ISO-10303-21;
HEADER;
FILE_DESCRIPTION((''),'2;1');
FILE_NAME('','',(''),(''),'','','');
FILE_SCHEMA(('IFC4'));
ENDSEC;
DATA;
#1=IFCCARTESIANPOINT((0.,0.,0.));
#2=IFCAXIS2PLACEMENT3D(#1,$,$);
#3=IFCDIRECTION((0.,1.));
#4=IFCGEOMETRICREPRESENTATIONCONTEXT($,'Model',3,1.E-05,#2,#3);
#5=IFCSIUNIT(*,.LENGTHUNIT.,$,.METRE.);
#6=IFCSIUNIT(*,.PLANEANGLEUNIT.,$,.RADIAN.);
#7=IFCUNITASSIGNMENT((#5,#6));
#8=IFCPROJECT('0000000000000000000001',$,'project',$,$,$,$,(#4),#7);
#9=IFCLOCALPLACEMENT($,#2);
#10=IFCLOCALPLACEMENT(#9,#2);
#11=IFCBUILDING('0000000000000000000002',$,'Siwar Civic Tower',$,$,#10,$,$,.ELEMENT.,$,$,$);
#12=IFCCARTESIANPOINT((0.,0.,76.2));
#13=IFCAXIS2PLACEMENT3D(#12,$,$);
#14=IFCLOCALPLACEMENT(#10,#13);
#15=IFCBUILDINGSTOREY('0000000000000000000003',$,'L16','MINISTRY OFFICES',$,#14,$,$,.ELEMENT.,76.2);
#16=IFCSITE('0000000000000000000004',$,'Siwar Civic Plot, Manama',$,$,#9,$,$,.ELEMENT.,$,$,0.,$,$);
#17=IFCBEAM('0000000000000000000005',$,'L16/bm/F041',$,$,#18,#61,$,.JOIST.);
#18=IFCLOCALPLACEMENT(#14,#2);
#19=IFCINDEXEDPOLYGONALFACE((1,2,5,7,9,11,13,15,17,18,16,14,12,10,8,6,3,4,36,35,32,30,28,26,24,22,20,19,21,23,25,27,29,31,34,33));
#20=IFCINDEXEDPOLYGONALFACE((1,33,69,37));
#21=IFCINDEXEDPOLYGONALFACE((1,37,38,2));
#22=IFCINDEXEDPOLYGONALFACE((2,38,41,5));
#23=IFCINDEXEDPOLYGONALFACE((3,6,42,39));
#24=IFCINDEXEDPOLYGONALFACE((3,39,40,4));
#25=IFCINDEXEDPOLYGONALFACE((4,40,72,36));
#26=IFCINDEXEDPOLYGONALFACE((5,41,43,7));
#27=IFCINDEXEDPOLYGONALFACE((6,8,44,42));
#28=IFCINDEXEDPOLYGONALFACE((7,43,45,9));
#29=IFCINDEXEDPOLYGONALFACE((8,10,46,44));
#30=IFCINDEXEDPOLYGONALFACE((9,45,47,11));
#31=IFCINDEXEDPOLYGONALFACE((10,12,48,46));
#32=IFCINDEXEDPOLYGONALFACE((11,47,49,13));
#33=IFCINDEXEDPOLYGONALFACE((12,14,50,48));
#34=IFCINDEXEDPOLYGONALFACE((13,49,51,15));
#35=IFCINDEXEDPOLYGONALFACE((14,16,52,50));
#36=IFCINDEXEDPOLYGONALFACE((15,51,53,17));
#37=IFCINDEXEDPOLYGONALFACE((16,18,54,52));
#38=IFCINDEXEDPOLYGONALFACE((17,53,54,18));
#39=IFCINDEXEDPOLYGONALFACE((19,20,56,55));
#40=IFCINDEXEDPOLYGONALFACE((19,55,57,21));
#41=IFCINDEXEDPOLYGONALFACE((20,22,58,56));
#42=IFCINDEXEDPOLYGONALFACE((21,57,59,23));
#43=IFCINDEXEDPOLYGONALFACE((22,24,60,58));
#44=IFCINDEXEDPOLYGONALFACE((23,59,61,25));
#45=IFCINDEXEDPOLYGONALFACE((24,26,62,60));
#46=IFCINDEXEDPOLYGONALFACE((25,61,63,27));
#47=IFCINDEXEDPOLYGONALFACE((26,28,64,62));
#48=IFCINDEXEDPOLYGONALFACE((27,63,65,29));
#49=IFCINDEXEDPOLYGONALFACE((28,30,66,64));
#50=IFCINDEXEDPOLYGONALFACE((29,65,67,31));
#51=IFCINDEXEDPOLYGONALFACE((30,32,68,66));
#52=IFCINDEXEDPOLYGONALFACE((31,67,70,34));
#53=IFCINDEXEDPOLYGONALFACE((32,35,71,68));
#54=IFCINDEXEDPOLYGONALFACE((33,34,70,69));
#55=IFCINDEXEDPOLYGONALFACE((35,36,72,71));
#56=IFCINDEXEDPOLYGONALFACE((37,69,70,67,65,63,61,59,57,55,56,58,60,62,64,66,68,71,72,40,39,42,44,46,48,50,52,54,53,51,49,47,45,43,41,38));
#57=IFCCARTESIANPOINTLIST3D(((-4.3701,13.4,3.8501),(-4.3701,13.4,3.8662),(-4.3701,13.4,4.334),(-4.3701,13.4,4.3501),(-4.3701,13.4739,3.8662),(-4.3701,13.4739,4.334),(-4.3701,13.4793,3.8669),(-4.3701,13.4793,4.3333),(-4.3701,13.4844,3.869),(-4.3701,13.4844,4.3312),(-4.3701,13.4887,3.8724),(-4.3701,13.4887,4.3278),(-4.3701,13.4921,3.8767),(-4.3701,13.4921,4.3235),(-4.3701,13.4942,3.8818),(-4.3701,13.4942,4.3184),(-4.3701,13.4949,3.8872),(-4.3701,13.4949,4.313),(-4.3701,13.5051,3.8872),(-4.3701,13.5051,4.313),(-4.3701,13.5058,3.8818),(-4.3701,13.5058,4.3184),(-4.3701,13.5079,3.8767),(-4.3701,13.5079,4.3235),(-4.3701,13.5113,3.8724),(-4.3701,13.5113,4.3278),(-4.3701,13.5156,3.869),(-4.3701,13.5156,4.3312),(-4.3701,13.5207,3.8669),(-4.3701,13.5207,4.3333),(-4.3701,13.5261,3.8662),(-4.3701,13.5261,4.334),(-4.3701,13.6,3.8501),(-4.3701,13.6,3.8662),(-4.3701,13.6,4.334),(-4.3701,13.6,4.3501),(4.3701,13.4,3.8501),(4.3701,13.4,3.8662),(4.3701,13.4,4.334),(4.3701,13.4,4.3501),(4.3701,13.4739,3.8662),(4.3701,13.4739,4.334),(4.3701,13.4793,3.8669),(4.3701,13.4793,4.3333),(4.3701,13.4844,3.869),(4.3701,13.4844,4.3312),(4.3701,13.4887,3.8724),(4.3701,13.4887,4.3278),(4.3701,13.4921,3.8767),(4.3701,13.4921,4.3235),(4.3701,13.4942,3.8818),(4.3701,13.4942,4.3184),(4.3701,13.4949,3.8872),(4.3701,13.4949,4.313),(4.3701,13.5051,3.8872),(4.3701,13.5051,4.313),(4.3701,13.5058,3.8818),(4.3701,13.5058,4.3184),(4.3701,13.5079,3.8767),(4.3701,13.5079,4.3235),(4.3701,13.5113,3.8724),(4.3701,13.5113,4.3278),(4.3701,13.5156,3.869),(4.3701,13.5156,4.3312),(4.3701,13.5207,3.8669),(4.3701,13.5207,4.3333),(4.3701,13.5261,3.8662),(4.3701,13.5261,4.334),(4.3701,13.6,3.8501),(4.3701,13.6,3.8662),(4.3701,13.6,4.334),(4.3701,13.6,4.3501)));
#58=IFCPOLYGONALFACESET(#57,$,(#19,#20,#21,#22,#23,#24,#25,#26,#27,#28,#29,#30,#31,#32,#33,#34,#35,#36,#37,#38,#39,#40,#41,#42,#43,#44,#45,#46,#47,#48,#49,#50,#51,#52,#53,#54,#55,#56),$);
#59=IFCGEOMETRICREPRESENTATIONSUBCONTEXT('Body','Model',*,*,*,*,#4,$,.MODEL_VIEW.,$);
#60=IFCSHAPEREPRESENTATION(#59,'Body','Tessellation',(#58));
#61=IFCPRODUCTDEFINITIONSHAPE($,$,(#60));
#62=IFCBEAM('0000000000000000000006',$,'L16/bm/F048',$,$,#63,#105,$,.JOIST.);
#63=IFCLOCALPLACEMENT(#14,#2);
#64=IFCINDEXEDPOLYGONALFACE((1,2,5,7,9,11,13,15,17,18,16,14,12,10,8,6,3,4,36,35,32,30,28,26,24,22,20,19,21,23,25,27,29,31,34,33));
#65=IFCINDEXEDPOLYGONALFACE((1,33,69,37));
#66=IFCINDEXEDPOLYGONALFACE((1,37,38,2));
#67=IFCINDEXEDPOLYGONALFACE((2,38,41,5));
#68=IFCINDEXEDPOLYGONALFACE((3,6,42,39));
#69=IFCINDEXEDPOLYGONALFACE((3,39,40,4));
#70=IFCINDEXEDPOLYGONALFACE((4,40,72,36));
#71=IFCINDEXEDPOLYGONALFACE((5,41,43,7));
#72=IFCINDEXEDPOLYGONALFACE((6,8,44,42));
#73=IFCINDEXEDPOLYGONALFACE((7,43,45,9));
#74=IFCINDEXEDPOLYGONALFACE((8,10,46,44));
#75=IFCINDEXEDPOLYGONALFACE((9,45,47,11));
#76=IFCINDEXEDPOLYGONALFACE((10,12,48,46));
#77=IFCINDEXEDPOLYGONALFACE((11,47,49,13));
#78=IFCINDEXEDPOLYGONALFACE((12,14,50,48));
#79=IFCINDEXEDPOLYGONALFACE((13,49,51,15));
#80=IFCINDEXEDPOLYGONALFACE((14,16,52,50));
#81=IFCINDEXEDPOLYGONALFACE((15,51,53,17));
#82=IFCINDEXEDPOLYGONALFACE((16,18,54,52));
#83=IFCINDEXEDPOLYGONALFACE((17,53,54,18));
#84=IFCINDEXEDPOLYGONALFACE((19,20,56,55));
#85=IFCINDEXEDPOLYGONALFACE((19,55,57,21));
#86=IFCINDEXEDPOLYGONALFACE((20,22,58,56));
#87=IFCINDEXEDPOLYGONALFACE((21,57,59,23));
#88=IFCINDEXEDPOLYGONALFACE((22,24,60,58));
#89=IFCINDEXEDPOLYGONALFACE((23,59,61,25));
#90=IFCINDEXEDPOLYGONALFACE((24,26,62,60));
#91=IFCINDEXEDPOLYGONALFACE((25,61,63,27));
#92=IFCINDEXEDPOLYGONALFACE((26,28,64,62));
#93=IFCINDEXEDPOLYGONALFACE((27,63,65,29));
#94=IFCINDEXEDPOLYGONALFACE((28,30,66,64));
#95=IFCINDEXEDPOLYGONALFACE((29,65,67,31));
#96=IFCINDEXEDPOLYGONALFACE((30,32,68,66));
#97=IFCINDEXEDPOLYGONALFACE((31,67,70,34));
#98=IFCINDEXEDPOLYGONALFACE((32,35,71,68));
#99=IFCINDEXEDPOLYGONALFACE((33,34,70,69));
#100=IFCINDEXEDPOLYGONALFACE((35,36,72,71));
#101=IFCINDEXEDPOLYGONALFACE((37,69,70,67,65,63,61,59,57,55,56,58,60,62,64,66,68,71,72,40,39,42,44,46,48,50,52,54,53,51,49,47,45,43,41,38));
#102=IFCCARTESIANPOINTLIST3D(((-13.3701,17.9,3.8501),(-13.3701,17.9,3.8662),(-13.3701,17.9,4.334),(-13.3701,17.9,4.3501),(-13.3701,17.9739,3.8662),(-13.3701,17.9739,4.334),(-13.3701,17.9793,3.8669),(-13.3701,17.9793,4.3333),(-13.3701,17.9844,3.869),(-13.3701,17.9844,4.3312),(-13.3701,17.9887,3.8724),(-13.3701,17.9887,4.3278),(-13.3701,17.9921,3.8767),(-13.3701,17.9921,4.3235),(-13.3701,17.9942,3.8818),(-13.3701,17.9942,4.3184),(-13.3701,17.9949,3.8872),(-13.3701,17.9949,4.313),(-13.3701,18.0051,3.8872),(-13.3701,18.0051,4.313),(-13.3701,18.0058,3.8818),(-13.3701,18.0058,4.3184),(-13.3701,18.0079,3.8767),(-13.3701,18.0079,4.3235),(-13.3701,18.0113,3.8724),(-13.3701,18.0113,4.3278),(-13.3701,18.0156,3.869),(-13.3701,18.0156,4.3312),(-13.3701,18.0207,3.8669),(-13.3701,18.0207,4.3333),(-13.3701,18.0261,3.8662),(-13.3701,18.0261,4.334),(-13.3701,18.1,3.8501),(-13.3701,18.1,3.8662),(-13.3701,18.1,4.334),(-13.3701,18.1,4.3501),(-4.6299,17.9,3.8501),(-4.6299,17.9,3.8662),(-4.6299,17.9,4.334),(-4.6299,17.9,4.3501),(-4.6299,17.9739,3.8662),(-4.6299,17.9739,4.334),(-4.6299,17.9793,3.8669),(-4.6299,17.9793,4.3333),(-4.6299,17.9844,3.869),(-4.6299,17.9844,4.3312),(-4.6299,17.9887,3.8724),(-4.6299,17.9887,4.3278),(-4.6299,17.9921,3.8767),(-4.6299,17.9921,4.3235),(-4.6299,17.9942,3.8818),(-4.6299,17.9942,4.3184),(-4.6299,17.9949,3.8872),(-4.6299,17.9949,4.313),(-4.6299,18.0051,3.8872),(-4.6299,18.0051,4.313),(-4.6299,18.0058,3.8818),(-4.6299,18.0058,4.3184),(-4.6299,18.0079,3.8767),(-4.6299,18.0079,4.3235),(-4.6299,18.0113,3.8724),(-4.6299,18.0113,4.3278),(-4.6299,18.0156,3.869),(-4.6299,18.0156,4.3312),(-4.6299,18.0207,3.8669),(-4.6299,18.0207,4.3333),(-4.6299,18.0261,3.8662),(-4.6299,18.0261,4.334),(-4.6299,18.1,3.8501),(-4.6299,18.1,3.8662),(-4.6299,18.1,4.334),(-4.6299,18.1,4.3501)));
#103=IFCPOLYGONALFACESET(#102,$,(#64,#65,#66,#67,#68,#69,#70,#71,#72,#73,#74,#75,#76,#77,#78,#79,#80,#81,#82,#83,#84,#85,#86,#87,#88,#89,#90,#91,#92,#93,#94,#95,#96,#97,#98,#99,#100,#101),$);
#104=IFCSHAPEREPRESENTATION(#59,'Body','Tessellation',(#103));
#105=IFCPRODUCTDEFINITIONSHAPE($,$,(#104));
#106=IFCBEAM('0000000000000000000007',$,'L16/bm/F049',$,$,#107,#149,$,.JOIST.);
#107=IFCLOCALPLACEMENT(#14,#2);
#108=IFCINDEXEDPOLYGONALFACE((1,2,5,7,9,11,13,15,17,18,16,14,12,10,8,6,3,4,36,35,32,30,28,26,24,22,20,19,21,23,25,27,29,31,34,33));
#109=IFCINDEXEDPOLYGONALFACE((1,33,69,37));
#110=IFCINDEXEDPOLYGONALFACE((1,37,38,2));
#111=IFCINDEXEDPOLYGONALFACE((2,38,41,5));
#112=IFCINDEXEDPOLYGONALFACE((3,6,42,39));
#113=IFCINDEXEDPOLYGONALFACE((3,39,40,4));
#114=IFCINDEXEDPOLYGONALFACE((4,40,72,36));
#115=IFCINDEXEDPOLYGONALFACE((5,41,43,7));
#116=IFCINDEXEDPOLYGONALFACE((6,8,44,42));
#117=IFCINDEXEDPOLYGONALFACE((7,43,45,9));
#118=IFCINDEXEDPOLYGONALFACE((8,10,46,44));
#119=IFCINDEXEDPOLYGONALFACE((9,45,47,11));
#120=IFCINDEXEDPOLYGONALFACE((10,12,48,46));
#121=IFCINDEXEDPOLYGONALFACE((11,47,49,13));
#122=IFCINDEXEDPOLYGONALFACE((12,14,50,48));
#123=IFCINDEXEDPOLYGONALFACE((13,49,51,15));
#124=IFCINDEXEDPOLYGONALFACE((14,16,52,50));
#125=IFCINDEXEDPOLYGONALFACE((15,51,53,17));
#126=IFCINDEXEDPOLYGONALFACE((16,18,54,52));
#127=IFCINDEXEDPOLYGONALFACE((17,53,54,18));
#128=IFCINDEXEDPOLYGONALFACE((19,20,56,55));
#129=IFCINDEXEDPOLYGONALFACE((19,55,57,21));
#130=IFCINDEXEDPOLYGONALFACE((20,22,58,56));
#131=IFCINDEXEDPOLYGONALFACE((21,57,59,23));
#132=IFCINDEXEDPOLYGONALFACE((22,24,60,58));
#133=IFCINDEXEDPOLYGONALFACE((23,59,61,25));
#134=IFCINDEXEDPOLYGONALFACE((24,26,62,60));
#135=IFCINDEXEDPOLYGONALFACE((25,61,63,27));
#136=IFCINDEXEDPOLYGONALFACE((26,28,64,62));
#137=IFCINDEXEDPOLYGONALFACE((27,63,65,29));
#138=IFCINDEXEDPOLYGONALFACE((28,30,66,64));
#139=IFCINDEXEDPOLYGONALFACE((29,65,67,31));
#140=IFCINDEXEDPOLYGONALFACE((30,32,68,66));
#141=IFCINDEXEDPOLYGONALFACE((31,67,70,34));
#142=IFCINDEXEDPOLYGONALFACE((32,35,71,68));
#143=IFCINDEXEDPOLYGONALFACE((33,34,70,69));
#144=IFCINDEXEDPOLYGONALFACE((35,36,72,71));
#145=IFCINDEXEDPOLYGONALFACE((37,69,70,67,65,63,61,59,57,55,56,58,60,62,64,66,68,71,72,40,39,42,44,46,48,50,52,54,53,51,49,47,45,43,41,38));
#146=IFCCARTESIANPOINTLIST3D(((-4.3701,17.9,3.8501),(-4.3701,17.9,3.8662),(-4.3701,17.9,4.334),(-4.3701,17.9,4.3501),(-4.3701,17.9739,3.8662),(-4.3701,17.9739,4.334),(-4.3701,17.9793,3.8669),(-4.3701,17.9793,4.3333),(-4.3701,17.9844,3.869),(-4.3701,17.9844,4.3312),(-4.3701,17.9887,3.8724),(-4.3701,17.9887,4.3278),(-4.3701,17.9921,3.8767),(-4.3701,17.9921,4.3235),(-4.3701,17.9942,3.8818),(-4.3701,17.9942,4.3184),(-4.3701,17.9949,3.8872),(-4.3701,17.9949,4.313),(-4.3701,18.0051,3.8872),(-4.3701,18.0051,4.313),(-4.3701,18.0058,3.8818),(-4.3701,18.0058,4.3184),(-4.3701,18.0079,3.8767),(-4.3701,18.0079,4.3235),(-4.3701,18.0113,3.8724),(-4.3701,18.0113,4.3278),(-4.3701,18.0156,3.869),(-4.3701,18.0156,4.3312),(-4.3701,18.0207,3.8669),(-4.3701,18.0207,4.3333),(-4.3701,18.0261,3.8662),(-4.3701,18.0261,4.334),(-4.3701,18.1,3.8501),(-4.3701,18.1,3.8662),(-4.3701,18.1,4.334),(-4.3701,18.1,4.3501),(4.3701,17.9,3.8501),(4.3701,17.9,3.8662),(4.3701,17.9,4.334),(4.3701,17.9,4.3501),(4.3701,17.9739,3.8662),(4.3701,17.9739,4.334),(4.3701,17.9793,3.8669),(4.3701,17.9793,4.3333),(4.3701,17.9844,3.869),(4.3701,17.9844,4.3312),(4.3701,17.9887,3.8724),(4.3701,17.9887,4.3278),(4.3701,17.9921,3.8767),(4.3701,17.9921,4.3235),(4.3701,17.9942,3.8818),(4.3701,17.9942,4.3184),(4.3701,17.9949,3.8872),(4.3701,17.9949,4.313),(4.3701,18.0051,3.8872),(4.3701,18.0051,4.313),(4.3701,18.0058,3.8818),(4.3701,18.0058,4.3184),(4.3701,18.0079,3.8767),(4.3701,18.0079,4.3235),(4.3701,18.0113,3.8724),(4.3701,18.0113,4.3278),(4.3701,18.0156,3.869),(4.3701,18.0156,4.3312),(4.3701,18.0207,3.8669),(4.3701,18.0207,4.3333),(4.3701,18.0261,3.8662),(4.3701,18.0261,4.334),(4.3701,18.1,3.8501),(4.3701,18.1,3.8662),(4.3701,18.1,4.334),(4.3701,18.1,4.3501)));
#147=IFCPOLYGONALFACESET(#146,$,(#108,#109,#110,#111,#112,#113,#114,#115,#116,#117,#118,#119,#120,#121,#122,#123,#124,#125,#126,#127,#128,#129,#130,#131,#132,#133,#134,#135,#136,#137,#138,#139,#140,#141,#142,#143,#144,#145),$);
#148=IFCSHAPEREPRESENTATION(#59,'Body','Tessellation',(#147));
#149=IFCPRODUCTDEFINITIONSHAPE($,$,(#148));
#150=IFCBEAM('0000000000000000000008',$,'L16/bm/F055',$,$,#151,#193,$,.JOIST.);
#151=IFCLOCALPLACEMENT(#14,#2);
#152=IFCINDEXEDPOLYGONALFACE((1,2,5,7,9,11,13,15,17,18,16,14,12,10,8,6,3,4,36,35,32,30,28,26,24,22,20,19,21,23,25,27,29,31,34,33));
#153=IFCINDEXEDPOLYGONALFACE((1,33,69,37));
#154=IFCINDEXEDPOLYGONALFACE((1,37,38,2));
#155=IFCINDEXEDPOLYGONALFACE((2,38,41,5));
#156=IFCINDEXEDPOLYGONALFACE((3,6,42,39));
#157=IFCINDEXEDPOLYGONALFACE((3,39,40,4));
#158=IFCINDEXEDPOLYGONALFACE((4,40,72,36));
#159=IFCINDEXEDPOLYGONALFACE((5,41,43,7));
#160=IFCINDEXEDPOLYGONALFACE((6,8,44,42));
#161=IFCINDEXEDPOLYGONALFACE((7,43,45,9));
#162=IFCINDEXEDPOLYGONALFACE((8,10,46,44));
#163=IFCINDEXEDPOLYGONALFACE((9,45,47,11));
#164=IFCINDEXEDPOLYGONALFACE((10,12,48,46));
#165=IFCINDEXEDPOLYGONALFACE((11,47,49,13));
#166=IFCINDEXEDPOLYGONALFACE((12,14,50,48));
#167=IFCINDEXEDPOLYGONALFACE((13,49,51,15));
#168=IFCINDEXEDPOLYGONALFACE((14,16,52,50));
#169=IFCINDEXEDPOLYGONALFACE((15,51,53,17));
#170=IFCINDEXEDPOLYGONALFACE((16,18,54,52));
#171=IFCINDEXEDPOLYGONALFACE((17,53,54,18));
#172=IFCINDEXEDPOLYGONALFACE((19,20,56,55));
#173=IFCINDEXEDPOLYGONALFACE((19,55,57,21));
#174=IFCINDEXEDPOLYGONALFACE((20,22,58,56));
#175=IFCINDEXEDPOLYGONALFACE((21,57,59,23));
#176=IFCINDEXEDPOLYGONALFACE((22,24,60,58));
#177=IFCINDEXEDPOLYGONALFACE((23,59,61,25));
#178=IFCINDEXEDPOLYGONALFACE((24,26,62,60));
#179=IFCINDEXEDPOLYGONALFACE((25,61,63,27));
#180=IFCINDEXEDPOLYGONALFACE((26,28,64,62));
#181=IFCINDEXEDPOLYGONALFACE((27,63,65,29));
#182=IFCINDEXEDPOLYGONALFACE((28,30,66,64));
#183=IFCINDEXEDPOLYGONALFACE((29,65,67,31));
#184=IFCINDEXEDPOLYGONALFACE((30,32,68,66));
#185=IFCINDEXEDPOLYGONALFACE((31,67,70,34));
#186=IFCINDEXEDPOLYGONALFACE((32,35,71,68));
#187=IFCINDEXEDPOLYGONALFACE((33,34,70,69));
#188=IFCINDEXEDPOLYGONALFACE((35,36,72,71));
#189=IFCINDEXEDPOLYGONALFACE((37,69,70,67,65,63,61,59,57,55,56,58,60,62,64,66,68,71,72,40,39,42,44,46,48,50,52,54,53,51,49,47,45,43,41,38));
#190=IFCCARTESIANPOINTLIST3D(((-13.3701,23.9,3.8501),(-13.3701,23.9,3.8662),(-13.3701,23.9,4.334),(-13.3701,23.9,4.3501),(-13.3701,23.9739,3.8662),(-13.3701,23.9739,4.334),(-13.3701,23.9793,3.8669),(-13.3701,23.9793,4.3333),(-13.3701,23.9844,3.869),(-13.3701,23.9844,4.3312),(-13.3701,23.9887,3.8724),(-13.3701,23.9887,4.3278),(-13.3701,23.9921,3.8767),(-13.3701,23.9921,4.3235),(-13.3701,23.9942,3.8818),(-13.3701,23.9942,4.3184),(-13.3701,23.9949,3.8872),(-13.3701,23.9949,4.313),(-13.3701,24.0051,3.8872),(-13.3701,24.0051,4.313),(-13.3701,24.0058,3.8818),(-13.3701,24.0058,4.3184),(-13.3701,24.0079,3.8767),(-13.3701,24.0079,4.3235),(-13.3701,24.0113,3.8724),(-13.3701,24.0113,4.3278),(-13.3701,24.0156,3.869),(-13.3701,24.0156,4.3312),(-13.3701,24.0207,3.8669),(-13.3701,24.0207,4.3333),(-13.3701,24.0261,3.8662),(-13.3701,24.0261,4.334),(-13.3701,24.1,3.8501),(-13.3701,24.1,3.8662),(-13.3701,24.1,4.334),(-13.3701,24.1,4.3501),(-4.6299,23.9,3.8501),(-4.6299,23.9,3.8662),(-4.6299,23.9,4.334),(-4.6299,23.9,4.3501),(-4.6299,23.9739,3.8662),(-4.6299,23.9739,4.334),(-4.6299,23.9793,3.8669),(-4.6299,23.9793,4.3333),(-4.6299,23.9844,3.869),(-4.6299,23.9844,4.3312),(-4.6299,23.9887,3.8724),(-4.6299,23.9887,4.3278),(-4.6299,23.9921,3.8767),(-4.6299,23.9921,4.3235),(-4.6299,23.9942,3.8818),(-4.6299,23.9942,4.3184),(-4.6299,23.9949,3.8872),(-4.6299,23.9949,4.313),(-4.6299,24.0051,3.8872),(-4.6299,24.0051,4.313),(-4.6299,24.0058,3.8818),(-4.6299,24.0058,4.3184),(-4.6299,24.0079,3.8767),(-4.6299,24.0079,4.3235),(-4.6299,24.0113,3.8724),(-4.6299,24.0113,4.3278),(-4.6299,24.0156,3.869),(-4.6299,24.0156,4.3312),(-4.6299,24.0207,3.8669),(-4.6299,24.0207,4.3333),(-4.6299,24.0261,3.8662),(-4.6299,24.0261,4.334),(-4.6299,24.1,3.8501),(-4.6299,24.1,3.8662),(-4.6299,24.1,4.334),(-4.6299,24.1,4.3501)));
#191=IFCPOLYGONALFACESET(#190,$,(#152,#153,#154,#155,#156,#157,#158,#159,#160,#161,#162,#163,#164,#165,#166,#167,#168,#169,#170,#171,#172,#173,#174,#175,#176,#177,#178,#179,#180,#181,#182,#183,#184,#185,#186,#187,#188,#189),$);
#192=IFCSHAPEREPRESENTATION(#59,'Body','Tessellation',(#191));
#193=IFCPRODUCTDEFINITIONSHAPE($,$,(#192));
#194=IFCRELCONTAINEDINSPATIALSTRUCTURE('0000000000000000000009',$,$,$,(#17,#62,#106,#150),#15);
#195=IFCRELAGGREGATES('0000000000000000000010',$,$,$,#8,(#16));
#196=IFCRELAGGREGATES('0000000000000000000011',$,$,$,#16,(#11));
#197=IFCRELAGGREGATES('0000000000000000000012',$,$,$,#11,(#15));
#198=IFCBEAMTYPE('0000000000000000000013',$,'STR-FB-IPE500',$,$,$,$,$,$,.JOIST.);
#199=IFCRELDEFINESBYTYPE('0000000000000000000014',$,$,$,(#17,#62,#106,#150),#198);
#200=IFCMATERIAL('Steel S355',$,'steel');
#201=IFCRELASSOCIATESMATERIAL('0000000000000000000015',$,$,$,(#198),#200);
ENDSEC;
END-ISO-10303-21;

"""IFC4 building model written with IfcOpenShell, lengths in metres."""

from ifc_helpers import new_model, si_unit, direction, frame, origin, origin_2d, place, context, subcontext, project, spatial, i_section, extrude, material, material_profile, profile_set, type_object, element, save


model = new_model("IFC4")

# Units and contexts
model_context = context("Model", 3, precision=1e-05, world=origin(), true_north=direction((0.0, 1.0)))
body_context = subcontext(model_context, "Body", "Model", "MODEL_VIEW")
ifc_project = project(units=[si_unit("LENGTHUNIT", "METRE"), si_unit("PLANEANGLEUNIT", "RADIAN")], contexts=[model_context])

# Site, building, storey
site_placement = place(None, origin())
site = spatial("IfcSite", under=ifc_project, at=site_placement, Name="Siwar Civic Plot, Manama", CompositionType="ELEMENT", RefElevation=0.0)
building_placement = place(site_placement, origin())
building = spatial("IfcBuilding", under=site, at=building_placement, Name="Siwar Civic Tower", CompositionType="ELEMENT")
storey_placement = place(building_placement, frame((0.0, 0.0, 76.2)))
storey = spatial("IfcBuildingStorey", under=building, at=storey_placement, Name="L16", Description="MINISTRY OFFICES", CompositionType="ELEMENT", Elevation=76.2)

# Beams
ifc_material_1 = material(Name="Steel S355", Category="steel")
ifc_material_profile_1 = material_profile(ifc_material_1, i_section(OverallWidth=0.2, OverallDepth=0.5, WebThickness=0.0103, FlangeThickness=0.0161, FilletRadius=0.021, at=origin_2d()), Name="IPE500")
ifc_profile_set_1 = profile_set([ifc_material_profile_1], Name="Steel S355")
beam_type_1 = type_object("IfcBeamType", Name="STR-FB-IPE500", PredefinedType="JOIST", material=ifc_profile_set_1)
for number, where, z_axis, x_axis, name in (
    (1, (-4.3701, 13.5, 4.1001), (1.0, 0.0, 0.0), (0.0, 1.0, 0.0), "L16/bm/F041"),
    (2, (-13.3701, 18.0, 4.1001), (1.0, 0.0, 0.0), (0.0, 1.0, 0.0), "L16/bm/F048"),
    (3, (-4.3701, 18.0, 4.1001), (1.0, 0.0, 0.0), (0.0, 1.0, 0.0), "L16/bm/F049"),
    (4, (-13.3701, 24.0, 4.1001), (1.0, 0.0, 0.0), (0.0, 1.0, 0.0), "L16/bm/F055"),
):
    element("IfcBeam", number, at=place(storey_placement, frame(where, z_axis=z_axis, x_axis=x_axis)), inside=storey, type_object=beam_type_1, Name=name, PredefinedType="JOIST", context=body_context, shape_type="SweptSolid", body=[
        extrude(i_section(OverallWidth=0.2, OverallDepth=0.5, WebThickness=0.0103, FlangeThickness=0.0161, FilletRadius=0.021, at=origin_2d()), origin(), (0.0, 0.0, 1.0), 8.7402),
    ])

save(model, "model.ifc")
